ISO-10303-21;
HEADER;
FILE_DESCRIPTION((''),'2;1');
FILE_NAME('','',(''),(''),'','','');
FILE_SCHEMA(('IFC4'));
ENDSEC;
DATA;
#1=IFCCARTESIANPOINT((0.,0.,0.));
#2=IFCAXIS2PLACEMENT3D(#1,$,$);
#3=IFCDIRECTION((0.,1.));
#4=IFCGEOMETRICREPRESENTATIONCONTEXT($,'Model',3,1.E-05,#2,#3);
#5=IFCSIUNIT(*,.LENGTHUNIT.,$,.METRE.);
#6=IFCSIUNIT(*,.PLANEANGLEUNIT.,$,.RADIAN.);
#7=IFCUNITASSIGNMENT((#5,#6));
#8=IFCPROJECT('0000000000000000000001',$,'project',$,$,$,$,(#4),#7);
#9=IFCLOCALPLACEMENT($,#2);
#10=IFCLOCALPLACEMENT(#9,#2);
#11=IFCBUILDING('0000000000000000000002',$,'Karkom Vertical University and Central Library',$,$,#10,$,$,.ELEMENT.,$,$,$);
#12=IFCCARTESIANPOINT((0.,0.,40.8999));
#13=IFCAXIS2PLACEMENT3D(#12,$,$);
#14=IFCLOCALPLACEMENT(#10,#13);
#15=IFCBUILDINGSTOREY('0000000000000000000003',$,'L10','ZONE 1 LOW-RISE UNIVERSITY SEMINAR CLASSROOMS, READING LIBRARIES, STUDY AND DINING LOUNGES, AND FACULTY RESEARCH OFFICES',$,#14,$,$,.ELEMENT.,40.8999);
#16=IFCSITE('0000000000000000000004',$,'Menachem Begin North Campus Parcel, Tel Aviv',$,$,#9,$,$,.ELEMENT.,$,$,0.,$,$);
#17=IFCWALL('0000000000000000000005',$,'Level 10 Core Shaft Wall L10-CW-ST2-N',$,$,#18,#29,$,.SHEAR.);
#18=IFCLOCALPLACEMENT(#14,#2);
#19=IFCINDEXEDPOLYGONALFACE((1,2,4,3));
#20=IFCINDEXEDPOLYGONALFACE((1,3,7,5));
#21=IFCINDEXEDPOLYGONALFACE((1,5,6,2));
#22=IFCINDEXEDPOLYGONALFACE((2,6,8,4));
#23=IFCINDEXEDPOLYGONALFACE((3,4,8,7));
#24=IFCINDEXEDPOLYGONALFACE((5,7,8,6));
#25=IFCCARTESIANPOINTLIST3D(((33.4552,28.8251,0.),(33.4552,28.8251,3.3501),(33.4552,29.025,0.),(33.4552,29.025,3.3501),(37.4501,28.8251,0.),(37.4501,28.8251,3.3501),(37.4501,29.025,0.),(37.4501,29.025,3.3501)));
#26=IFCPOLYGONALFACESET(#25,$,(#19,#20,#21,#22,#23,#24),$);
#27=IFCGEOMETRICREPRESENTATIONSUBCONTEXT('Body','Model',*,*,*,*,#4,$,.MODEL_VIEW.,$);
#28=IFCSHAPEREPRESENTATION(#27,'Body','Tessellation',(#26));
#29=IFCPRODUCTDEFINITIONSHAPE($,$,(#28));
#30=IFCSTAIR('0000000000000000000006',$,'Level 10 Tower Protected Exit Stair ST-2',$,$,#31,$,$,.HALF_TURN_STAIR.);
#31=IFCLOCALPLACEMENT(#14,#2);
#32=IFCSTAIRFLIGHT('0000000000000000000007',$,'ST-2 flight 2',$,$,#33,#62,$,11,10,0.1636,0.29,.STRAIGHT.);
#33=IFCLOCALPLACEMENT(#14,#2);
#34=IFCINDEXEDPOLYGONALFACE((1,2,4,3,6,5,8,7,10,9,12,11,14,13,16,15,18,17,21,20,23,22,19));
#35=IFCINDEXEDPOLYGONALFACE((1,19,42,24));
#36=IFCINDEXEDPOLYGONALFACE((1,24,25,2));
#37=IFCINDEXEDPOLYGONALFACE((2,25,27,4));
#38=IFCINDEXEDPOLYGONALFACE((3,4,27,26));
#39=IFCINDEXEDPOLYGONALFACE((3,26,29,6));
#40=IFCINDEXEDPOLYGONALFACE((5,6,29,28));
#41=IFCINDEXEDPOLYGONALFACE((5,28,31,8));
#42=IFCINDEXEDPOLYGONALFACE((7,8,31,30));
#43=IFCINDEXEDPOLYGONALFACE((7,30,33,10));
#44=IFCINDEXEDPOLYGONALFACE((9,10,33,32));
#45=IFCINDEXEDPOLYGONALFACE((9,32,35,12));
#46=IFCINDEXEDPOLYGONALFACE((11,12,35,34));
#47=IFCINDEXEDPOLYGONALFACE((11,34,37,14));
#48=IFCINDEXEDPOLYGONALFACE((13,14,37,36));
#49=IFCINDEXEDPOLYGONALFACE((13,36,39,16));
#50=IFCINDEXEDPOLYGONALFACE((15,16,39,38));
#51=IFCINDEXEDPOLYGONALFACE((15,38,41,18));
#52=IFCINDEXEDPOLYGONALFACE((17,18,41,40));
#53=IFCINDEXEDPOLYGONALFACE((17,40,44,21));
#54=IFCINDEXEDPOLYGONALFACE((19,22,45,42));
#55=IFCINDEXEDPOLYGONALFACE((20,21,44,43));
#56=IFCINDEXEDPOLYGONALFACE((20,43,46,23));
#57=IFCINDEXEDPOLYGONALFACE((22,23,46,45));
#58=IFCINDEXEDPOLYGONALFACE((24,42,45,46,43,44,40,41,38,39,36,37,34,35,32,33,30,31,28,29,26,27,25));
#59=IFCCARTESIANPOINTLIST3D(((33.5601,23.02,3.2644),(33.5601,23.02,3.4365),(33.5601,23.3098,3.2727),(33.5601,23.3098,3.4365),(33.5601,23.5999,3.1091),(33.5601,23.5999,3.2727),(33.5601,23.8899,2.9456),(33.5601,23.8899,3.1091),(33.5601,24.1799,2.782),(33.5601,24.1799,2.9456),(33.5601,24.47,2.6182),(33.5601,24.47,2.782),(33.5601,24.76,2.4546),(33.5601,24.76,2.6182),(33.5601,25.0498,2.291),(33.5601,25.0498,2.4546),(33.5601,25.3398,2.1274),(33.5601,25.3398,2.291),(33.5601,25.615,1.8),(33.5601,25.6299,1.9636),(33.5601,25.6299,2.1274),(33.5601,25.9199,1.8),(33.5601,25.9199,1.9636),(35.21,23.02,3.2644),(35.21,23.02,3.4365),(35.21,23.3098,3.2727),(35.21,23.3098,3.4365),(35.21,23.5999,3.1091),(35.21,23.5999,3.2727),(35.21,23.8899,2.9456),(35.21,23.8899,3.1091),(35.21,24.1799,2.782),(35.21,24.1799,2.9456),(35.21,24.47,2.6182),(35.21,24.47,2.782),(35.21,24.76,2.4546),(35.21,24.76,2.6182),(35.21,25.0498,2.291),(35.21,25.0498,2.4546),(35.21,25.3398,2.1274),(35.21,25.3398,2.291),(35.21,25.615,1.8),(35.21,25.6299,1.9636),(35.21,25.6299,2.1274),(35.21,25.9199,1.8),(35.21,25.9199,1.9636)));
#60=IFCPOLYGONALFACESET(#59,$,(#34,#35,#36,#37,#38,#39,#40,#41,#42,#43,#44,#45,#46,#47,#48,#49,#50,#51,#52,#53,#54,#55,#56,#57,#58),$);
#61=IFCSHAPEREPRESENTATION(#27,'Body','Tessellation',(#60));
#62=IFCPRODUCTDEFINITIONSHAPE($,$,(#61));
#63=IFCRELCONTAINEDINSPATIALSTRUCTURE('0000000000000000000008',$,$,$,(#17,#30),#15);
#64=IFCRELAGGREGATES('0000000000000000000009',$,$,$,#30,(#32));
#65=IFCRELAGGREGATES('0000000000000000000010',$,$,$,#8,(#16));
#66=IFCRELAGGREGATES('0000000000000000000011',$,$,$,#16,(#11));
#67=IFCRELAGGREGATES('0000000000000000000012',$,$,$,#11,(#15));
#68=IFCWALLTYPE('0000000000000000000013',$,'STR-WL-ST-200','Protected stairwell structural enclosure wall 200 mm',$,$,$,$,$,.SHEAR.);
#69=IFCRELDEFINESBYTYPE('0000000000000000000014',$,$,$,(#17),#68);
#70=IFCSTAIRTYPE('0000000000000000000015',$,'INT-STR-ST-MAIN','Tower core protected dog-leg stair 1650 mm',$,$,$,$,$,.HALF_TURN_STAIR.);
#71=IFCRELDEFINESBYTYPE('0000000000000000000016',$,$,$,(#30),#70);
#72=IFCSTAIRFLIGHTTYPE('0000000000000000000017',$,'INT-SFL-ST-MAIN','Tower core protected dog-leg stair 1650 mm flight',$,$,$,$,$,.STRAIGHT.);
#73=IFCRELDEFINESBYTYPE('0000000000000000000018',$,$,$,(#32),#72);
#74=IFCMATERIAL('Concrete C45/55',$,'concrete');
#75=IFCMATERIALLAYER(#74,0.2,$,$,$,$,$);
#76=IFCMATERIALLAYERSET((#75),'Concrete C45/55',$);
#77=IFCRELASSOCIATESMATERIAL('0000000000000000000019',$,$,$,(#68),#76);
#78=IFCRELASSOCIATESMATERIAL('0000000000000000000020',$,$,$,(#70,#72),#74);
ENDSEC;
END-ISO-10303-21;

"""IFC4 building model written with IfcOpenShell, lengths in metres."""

from ifc_helpers import new_model, si_unit, direction, frame, frame_2d, origin, place, context, subcontext, project, spatial, polyline, rectangle, outline, extrude, material, layer, layer_set, type_object, element, aggregate, save


model = new_model("IFC4")

# Units and contexts
model_context = context("Model", 3, precision=1e-05, world=origin(), true_north=direction((0.0, 1.0)))
body_context = subcontext(model_context, "Body", "Model", "MODEL_VIEW")
ifc_project = project(units=[si_unit("LENGTHUNIT", "METRE"), si_unit("PLANEANGLEUNIT", "RADIAN")], contexts=[model_context])

# Site, building, storey
site_placement = place(None, origin())
site = spatial("IfcSite", under=ifc_project, at=site_placement, Name="Menachem Begin North Campus Parcel, Tel Aviv", CompositionType="ELEMENT", RefElevation=0.0)
building_placement = place(site_placement, origin())
building = spatial("IfcBuilding", under=site, at=building_placement, Name="Karkom Vertical University and Central Library", CompositionType="ELEMENT")
storey_placement = place(building_placement, frame((0.0, 0.0, 40.8999)))
storey = spatial("IfcBuildingStorey", under=building, at=storey_placement, Name="L10", Description="ZONE 1 LOW-RISE UNIVERSITY SEMINAR CLASSROOMS, READING LIBRARIES, STUDY AND DINING LOUNGES, AND FACULTY RESEARCH OFFICES", CompositionType="ELEMENT", Elevation=40.8999)

# Wall
ifc_material_1 = material(Name="Concrete C45/55", Category="concrete")
ifc_layer_1 = layer(ifc_material_1, 0.2)
ifc_layer_set_1 = layer_set([ifc_layer_1], Name="Concrete C45/55")
wall_type_1 = type_object("IfcWallType", Name="STR-WL-ST-200", Description="Protected stairwell structural enclosure wall 200 mm", PredefinedType="SHEAR", material=ifc_layer_set_1)
wall_1_placement = place(storey_placement, frame((33.4551, 28.925, 0.0), z_axis=(0.0, 0.0, 1.0), x_axis=(1.0, 0.0, 0.0)))
element("IfcWall", 1, at=wall_1_placement, inside=storey, type_object=wall_type_1, Name="Level 10 Core Shaft Wall L10-CW-ST2-N", PredefinedType="SHEAR", context=body_context, shape_type="SweptSolid", body=[
    extrude(rectangle(XDim=3.9949, YDim=0.2, at=frame_2d((1.9976, 0.0))), origin(), (0.0, 0.0, 1.0), 3.3501),
])

# Stair, stair flight
stair_type = type_object("IfcStairType", Name="INT-STR-ST-MAIN", Description="Tower core protected dog-leg stair 1650 mm", PredefinedType="HALF_TURN_STAIR", material=ifc_material_1)
stair_placement = place(storey_placement, origin())
stair = element("IfcStair", 2, at=stair_placement, inside=storey, type_object=stair_type, Name="Level 10 Tower Protected Exit Stair ST-2", PredefinedType="HALF_TURN_STAIR")
stair_flight_type = type_object("IfcStairFlightType", Name="INT-SFL-ST-MAIN", Description="Tower core protected dog-leg stair 1650 mm flight", PredefinedType="STRAIGHT", material=ifc_material_1)
stair_flight_placement = place(storey_placement, frame((34.385, 25.9199, 1.8), z_axis=(0.0, 0.0, 1.0), x_axis=(0.0, -1.0, 0.0)))
stair_flight = element("IfcStairFlight", 3, at=stair_flight_placement, type_object=stair_flight_type, Name="ST-2 flight 2", NumberOfRisers=11, NumberOfTreads=10, PredefinedType="STRAIGHT", RiserHeight=0.1636, TreadLength=0.29, context=body_context, shape_type="SweptSolid", body=[
    extrude(outline(polyline([(0.0, 0.0), (0.0, 0.1636), (0.29, 0.1636), (0.29, 0.3274), (0.5801, 0.3274), (0.5801, 0.491), (0.8701, 0.491), (0.8701, 0.6545), (1.1599, 0.6545), (1.1599, 0.8181), (1.45, 0.8181), (1.45, 0.9819), (1.74, 0.9819), (1.74, 1.1455), (2.03, 1.1455), (2.03, 1.3091), (2.3201, 1.3091), (2.3201, 1.4727), (2.6101, 1.4727), (2.6101, 1.6365), (2.8999, 1.6365), (2.8999, 1.8), (2.8999, 1.4644), (0.3049, 0.0), (0.0, 0.0)])), frame((0.0, 0.825, 0.0), z_axis=(0.0, -1.0, 0.0), x_axis=(1.0, 0.0, 0.0)), (0.0, 0.0, 1.0), 1.6499),
])
aggregate(stair, [stair_flight])

save(model, "model.ifc")
